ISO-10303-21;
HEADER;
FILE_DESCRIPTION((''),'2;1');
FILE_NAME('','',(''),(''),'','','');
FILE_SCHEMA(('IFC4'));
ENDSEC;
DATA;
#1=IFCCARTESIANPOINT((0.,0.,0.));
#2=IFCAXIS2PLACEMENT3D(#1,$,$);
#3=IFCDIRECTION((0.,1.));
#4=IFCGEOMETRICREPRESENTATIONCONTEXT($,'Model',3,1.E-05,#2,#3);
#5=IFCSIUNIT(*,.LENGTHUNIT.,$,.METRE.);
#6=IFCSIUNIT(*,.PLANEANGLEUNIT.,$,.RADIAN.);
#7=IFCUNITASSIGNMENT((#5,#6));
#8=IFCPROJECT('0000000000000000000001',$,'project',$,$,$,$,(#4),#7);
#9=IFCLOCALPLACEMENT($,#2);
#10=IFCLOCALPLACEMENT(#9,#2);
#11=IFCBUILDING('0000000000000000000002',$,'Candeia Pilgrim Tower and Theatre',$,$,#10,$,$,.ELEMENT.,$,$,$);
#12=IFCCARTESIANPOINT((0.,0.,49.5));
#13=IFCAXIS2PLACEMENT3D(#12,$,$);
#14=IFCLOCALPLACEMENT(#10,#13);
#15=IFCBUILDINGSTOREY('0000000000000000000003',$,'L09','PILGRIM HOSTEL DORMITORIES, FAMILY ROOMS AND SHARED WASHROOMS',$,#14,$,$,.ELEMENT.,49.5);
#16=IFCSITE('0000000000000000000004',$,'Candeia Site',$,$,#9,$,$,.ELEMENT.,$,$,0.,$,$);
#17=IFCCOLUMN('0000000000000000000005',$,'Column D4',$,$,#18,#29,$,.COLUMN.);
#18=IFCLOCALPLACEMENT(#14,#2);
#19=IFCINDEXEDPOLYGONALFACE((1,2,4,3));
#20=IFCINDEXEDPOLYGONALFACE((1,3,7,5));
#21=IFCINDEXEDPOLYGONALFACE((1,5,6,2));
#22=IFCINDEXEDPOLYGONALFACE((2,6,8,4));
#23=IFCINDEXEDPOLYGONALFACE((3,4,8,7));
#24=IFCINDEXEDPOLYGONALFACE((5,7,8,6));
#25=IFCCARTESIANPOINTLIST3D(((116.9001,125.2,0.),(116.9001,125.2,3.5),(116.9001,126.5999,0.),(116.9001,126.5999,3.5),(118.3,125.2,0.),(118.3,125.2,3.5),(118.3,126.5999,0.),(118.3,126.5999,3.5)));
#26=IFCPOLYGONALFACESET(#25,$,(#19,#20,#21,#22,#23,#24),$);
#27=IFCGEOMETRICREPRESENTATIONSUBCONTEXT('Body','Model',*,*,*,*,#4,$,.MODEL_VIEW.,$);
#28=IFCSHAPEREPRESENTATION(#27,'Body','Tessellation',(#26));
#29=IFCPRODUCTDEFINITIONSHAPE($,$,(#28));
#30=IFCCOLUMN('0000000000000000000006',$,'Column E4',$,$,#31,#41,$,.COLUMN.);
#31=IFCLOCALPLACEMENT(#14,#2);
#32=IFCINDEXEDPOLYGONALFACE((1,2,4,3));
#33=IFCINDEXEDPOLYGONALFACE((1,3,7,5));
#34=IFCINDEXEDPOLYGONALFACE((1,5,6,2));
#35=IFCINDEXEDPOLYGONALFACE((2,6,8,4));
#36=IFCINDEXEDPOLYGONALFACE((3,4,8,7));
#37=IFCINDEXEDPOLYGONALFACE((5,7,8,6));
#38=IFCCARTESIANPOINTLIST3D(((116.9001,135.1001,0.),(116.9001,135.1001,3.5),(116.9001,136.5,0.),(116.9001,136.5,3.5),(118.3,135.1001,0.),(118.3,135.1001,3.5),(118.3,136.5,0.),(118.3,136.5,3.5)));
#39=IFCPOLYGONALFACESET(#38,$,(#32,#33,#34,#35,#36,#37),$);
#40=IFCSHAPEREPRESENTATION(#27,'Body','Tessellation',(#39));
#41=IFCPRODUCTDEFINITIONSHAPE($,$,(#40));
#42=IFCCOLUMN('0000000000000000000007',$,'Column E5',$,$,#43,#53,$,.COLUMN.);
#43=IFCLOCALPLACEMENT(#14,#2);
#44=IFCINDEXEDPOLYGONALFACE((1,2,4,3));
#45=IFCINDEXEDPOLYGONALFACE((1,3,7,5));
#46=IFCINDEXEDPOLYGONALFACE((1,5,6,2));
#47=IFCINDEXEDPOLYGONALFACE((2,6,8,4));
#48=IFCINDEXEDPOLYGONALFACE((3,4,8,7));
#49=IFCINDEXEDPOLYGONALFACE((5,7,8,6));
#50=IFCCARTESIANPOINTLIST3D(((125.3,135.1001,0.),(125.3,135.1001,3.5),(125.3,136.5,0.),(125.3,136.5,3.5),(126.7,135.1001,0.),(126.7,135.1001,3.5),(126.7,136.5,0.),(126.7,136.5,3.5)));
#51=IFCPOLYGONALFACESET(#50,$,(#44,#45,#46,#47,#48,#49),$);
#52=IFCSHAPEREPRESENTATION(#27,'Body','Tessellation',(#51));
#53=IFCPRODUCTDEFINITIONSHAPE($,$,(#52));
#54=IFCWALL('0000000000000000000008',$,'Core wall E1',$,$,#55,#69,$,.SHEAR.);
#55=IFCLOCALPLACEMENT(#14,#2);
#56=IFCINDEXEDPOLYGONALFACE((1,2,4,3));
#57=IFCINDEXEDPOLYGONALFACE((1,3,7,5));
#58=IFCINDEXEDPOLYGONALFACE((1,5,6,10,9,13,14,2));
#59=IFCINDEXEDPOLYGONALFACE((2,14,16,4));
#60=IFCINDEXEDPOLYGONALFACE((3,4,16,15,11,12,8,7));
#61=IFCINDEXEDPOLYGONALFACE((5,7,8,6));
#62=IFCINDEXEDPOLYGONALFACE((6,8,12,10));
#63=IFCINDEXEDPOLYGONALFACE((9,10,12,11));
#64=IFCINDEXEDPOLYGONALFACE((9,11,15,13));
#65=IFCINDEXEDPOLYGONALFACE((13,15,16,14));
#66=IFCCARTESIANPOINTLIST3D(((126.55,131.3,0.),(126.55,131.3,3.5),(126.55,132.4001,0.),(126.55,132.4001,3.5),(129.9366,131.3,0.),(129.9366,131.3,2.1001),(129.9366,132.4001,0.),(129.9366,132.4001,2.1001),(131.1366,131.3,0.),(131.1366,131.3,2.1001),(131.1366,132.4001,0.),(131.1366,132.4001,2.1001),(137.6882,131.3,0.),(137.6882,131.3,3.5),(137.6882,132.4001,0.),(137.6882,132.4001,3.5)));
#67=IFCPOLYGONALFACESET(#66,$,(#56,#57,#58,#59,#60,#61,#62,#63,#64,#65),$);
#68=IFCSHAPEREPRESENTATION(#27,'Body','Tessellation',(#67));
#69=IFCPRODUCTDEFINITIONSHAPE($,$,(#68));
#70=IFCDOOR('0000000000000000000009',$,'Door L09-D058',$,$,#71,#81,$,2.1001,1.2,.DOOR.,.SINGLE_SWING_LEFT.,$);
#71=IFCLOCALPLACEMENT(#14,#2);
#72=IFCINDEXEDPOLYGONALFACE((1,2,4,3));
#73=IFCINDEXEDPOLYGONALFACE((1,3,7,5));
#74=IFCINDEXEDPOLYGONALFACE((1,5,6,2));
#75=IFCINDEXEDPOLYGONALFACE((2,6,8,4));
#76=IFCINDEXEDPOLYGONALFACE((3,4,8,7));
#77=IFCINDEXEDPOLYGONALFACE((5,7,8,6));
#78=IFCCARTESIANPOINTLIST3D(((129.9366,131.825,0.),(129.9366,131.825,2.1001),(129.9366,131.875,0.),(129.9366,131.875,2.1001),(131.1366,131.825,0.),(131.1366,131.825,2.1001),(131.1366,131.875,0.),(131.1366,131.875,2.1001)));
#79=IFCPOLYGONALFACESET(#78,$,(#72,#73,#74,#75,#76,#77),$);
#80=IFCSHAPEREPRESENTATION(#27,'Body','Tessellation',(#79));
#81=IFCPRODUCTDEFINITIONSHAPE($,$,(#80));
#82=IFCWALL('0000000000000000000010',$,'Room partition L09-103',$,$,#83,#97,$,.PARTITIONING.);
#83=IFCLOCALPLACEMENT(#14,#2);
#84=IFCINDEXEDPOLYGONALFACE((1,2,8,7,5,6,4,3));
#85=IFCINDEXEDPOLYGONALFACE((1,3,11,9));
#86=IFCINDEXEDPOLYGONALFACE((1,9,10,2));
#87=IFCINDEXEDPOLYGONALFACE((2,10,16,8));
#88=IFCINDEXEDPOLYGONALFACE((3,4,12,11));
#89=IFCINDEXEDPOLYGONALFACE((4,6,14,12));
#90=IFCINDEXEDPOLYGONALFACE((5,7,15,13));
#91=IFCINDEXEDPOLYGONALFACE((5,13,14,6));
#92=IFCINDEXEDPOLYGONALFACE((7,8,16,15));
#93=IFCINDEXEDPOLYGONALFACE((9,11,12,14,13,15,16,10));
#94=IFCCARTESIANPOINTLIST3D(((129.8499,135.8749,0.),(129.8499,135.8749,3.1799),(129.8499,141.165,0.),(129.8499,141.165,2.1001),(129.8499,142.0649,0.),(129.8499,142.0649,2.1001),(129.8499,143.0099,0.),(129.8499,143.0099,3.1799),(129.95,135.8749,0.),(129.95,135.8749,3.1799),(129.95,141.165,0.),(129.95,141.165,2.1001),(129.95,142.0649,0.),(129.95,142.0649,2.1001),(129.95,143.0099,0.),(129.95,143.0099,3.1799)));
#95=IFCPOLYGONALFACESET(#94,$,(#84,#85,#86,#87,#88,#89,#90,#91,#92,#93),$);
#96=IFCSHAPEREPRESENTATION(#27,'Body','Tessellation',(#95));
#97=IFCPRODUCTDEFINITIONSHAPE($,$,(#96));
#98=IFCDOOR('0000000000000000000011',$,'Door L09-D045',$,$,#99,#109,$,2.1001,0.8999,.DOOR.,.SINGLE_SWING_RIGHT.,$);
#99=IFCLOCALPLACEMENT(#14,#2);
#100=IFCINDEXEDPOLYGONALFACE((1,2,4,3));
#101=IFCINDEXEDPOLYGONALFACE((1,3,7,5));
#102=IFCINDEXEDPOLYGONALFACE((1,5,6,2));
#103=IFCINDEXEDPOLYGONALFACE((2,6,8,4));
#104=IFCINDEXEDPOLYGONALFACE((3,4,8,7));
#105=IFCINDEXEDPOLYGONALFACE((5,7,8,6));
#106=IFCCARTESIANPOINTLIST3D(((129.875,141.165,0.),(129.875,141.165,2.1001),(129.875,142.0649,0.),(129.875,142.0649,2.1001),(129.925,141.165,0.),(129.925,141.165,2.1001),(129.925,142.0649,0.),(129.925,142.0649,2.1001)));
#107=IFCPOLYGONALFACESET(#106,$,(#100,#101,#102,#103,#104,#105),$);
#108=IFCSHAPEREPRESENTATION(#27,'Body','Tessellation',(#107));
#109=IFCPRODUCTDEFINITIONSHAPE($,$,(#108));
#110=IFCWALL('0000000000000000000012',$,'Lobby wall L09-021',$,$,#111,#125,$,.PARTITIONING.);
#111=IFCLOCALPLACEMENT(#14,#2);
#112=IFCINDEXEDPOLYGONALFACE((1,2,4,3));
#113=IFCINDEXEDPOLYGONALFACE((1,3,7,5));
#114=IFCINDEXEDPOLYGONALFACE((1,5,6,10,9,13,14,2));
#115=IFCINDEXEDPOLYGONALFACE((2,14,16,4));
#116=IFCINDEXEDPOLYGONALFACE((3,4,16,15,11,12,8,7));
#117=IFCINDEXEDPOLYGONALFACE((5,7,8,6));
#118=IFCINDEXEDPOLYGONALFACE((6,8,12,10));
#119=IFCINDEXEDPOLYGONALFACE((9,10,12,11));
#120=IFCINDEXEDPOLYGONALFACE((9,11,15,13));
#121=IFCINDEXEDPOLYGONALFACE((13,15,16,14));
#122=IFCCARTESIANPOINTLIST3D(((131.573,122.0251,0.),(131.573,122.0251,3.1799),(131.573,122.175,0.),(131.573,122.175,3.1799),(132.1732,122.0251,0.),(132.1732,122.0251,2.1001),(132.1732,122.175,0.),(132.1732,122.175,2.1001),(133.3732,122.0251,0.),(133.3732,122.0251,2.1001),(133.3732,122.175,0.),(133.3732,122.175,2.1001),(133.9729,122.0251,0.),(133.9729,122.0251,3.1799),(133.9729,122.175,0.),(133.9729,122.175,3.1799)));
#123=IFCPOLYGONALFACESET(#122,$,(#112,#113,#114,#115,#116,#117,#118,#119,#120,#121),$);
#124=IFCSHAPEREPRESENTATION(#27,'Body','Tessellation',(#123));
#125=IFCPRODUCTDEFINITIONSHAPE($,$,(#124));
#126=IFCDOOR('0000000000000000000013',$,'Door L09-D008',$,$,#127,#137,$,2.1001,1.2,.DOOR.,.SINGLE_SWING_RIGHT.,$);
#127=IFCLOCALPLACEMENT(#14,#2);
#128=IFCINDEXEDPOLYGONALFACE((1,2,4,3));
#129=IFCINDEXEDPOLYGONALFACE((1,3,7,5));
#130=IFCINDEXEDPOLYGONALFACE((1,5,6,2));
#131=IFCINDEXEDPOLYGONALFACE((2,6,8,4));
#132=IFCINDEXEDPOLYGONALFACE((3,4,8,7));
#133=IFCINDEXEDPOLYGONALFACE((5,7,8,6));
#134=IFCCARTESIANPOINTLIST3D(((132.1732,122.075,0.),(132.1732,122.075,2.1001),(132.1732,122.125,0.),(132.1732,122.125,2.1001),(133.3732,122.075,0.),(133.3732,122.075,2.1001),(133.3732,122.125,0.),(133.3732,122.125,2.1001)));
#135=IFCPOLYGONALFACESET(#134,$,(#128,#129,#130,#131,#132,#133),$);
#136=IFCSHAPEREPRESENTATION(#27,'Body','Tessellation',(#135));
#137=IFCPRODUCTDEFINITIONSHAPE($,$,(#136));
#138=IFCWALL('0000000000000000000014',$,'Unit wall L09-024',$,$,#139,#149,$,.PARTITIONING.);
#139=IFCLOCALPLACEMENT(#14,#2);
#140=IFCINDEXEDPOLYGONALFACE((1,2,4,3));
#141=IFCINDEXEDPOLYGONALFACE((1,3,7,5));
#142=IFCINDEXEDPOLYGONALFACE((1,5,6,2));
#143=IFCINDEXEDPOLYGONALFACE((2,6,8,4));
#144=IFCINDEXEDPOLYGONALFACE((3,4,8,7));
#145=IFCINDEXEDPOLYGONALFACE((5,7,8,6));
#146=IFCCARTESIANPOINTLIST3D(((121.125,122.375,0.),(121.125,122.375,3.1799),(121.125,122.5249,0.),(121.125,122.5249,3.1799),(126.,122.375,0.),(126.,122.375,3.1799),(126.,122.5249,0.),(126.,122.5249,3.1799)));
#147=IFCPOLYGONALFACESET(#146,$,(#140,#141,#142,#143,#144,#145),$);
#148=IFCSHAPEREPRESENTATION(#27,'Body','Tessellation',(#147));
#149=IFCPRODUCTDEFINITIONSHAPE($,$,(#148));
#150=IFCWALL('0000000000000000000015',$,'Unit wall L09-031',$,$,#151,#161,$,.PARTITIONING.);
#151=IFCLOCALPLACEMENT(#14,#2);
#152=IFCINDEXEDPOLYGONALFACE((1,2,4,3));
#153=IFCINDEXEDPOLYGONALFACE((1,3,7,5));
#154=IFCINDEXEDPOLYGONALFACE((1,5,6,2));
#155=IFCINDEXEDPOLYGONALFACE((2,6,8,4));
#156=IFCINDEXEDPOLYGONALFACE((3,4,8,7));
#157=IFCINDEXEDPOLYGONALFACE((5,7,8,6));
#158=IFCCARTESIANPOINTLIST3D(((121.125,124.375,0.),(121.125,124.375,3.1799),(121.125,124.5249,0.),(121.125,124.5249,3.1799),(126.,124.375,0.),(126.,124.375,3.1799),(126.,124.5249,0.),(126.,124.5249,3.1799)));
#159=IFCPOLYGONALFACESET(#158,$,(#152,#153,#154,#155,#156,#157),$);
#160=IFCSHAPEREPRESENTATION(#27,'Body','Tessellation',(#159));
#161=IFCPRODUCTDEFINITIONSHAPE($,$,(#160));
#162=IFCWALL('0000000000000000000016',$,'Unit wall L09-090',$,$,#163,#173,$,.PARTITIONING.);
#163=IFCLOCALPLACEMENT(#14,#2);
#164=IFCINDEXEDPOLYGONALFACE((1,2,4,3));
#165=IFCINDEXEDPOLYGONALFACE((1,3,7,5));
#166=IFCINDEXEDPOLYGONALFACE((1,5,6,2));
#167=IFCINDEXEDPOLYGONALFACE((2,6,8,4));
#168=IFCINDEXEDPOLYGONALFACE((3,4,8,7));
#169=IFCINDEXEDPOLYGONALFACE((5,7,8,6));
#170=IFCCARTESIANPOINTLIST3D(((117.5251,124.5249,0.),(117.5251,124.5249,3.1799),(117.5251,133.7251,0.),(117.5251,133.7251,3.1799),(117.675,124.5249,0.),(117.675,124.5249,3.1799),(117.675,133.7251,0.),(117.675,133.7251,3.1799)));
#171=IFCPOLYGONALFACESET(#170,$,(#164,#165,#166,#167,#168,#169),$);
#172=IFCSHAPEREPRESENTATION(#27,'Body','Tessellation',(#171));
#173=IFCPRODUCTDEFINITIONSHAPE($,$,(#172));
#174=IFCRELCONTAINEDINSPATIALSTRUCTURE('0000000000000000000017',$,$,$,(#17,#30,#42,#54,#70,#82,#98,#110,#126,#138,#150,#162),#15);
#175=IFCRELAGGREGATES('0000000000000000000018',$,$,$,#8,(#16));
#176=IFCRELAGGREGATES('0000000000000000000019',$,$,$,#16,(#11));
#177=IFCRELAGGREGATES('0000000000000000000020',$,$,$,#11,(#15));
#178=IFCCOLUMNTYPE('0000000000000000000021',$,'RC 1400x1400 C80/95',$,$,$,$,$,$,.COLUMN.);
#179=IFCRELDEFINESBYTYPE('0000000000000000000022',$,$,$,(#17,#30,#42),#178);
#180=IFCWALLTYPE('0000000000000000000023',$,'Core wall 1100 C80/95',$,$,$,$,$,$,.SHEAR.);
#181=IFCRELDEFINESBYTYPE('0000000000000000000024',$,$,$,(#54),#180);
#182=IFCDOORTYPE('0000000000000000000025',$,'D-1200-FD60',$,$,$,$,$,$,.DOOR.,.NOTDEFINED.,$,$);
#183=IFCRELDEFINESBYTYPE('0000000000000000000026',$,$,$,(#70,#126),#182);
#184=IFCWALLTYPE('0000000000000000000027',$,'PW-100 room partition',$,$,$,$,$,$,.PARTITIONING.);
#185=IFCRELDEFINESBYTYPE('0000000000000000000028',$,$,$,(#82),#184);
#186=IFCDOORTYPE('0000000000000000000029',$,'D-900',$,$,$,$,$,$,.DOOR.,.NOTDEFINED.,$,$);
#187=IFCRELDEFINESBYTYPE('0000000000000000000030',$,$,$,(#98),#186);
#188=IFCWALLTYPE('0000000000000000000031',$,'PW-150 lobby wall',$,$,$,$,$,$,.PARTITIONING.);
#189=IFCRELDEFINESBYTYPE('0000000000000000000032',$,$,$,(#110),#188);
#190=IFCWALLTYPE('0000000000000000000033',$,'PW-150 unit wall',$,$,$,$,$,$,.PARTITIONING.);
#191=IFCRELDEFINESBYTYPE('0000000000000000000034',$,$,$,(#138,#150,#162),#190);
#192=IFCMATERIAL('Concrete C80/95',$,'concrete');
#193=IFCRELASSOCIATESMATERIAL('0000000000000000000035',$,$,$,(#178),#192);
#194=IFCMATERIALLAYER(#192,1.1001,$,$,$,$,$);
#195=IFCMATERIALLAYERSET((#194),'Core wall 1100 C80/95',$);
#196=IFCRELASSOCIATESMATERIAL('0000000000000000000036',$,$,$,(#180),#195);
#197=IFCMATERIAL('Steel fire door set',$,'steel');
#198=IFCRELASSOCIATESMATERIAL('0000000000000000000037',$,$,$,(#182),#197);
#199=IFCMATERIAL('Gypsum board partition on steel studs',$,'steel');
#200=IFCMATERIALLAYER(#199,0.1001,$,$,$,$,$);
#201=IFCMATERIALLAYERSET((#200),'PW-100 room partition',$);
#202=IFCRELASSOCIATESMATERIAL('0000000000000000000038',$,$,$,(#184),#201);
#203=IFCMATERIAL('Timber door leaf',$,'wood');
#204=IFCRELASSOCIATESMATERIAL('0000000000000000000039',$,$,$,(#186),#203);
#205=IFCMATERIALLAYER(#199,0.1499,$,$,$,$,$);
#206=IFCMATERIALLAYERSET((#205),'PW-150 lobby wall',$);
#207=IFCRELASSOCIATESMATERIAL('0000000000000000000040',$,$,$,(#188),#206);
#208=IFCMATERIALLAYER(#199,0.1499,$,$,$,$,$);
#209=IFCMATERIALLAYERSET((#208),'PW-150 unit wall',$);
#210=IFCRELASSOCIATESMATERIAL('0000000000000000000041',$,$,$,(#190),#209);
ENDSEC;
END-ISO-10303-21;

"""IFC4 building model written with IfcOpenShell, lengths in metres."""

from ifc_helpers import new_model, si_unit, direction, frame, frame_2d, origin, origin_2d, place, context, subcontext, project, spatial, rectangle, extrude, material, layer, layer_set, material_profile, profile_set, type_object, element, fill, save


model = new_model("IFC4")

# Units and contexts
model_context = context("Model", 3, precision=1e-05, world=origin(), true_north=direction((0.0, 1.0)))
body_context = subcontext(model_context, "Body", "Model", "MODEL_VIEW")
ifc_project = project(units=[si_unit("LENGTHUNIT", "METRE"), si_unit("PLANEANGLEUNIT", "RADIAN")], contexts=[model_context])

# Site, building, storey
site_placement = place(None, origin())
site = spatial("IfcSite", under=ifc_project, at=site_placement, Name="Candeia Site", CompositionType="ELEMENT", RefElevation=0.0)
building_placement = place(site_placement, origin())
building = spatial("IfcBuilding", under=site, at=building_placement, Name="Candeia Pilgrim Tower and Theatre", CompositionType="ELEMENT")
storey_placement = place(building_placement, frame((0.0, 0.0, 49.5)))
storey = spatial("IfcBuildingStorey", under=building, at=storey_placement, Name="L09", Description="PILGRIM HOSTEL DORMITORIES, FAMILY ROOMS AND SHARED WASHROOMS", CompositionType="ELEMENT", Elevation=49.5)

# Columns
ifc_material_1 = material(Name="Concrete C80/95", Category="concrete")
ifc_material_profile = material_profile(ifc_material_1, rectangle(XDim=1.3999, YDim=1.3999, at=origin_2d()))
ifc_profile_set = profile_set([ifc_material_profile], Name="Concrete C80/95")
column_type = type_object("IfcColumnType", Name="RC 1400x1400 C80/95", PredefinedType="COLUMN", material=ifc_profile_set)
for number, where, z_axis, x_axis, name in (
    (1, (117.6001, 125.8999, 0.0), (0.0, 0.0, 1.0), (1.0, 0.0, 0.0), "Column D4"),
    (2, (117.6001, 135.8, 0.0), (0.0, 0.0, 1.0), (1.0, 0.0, 0.0), "Column E4"),
    (3, (126.0, 135.8, 0.0), (0.0, 0.0, 1.0), (1.0, 0.0, 0.0), "Column E5"),
):
    element("IfcColumn", number, at=place(storey_placement, frame(where, z_axis=z_axis, x_axis=x_axis)), inside=storey, type_object=column_type, Name=name, PredefinedType="COLUMN", context=body_context, shape_type="SweptSolid", body=[
        extrude(rectangle(XDim=1.3999, YDim=1.3999, at=origin_2d()), origin(), (0.0, 0.0, 1.0), 3.5),
    ])

# Walls, openings, doors
ifc_layer_1 = layer(ifc_material_1, 1.1001)
ifc_layer_set_1 = layer_set([ifc_layer_1], Name="Core wall 1100 C80/95")
wall_type_1 = type_object("IfcWallType", Name="Core wall 1100 C80/95", PredefinedType="SHEAR", material=ifc_layer_set_1)
wall_1_placement = place(storey_placement, frame((126.55, 131.8501, 0.0), z_axis=(0.0, 0.0, 1.0), x_axis=(1.0, 0.0, 0.0)))
wall_1 = element("IfcWall", 4, at=wall_1_placement, inside=storey, type_object=wall_type_1, Name="Core wall E1", PredefinedType="SHEAR", context=body_context, shape_type="SweptSolid", body=[
    extrude(rectangle(XDim=11.1382, YDim=1.1001, at=frame_2d((5.5691, 0.0))), origin(), (0.0, 0.0, 1.0), 3.5),
])
opening_1_placement = place(wall_1_placement, frame((3.3865, 0.0, 0.0)))
opening_1 = element("IfcOpeningElement", 5, at=opening_1_placement, cuts=wall_1, PredefinedType="OPENING", context=body_context, shape_type="SweptSolid", body=[
    extrude(rectangle(XDim=1.2, YDim=2.1001, at=frame_2d((0.6001, 1.05))), frame((0.0, 0.5601, 0.0), z_axis=(0.0, -1.0, 0.0), x_axis=(1.0, 0.0, 0.0)), (0.0, 0.0, 1.0), 1.1201),
])
ifc_material_2 = material(Name="Steel fire door set", Category="steel")
door_type_1 = type_object("IfcDoorType", Name="D-1200-FD60", OperationType="NOTDEFINED", PredefinedType="DOOR", material=ifc_material_2)
door_1_placement = place(opening_1_placement, origin())
door_1 = element("IfcDoor", 6, at=door_1_placement, inside=storey, type_object=door_type_1, Name="Door L09-D058", OperationType="SINGLE_SWING_LEFT", OverallHeight=2.1001, OverallWidth=1.2, PredefinedType="DOOR", context=body_context, shape_type="SweptSolid", body=[
    extrude(rectangle(XDim=1.2, YDim=2.1001, at=frame_2d((0.6001, 1.05))), frame((0.0, 0.0249, 0.0), z_axis=(0.0, -1.0, 0.0), x_axis=(1.0, 0.0, 0.0)), (0.0, 0.0, 1.0), 0.05),
])
fill(opening_1, door_1)
ifc_material_3 = material(Name="Gypsum board partition on steel studs", Category="steel")
ifc_layer_2 = layer(ifc_material_3, 0.1001)
ifc_layer_set_2 = layer_set([ifc_layer_2], Name="PW-100 room partition")
wall_type_2 = type_object("IfcWallType", Name="PW-100 room partition", PredefinedType="PARTITIONING", material=ifc_layer_set_2)
wall_2_placement = place(storey_placement, frame((129.8999, 135.875, 0.0), z_axis=(0.0, 0.0, 1.0), x_axis=(0.0, 1.0, 0.0)))
wall_2 = element("IfcWall", 7, at=wall_2_placement, inside=storey, type_object=wall_type_2, Name="Room partition L09-103", PredefinedType="PARTITIONING", context=body_context, shape_type="SweptSolid", body=[
    extrude(rectangle(XDim=7.135, YDim=0.1001, at=frame_2d((3.5674, 0.0))), origin(), (0.0, 0.0, 1.0), 3.1799),
])
opening_2_placement = place(wall_2_placement, frame((5.29, 0.0, 0.0)))
opening_2 = element("IfcOpeningElement", 8, at=opening_2_placement, cuts=wall_2, PredefinedType="OPENING", context=body_context, shape_type="SweptSolid", body=[
    extrude(rectangle(XDim=0.8999, YDim=2.1001, at=frame_2d((0.45, 1.05))), frame((0.0, 0.0601, 0.0), z_axis=(0.0, -1.0, 0.0), x_axis=(1.0, 0.0, 0.0)), (0.0, 0.0, 1.0), 0.1201),
])
ifc_material_4 = material(Name="Timber door leaf", Category="wood")
door_type_2 = type_object("IfcDoorType", Name="D-900", OperationType="NOTDEFINED", PredefinedType="DOOR", material=ifc_material_4)
door_2_placement = place(opening_2_placement, origin())
door_2 = element("IfcDoor", 9, at=door_2_placement, inside=storey, type_object=door_type_2, Name="Door L09-D045", OperationType="SINGLE_SWING_RIGHT", OverallHeight=2.1001, OverallWidth=0.8999, PredefinedType="DOOR", context=body_context, shape_type="SweptSolid", body=[
    extrude(rectangle(XDim=0.8999, YDim=2.1001, at=frame_2d((0.45, 1.05))), frame((0.0, 0.0249, 0.0), z_axis=(0.0, -1.0, 0.0), x_axis=(1.0, 0.0, 0.0)), (0.0, 0.0, 1.0), 0.05),
])
fill(opening_2, door_2)
ifc_layer_3 = layer(ifc_material_3, 0.1499)
ifc_layer_set_3 = layer_set([ifc_layer_3], Name="PW-150 lobby wall")
wall_type_3 = type_object("IfcWallType", Name="PW-150 lobby wall", PredefinedType="PARTITIONING", material=ifc_layer_set_3)
wall_3_placement = place(storey_placement, frame((131.573, 122.1001, 0.0), z_axis=(0.0, 0.0, 1.0), x_axis=(1.0, 0.0, 0.0)))
wall_3 = element("IfcWall", 10, at=wall_3_placement, inside=storey, type_object=wall_type_3, Name="Lobby wall L09-021", PredefinedType="PARTITIONING", context=body_context, shape_type="SweptSolid", body=[
    extrude(rectangle(XDim=2.3999, YDim=0.1499, at=frame_2d((1.2, 0.0))), origin(), (0.0, 0.0, 1.0), 3.1799),
])
opening_3_placement = place(wall_3_placement, frame((0.6001, 0.0, 0.0)))
opening_3 = element("IfcOpeningElement", 11, at=opening_3_placement, cuts=wall_3, PredefinedType="OPENING", context=body_context, shape_type="SweptSolid", body=[
    extrude(rectangle(XDim=1.2, YDim=2.1001, at=frame_2d((0.6001, 1.05))), frame((0.0, 0.085, 0.0), z_axis=(0.0, -1.0, 0.0), x_axis=(1.0, 0.0, 0.0)), (0.0, 0.0, 1.0), 0.1699),
])
door_3_placement = place(opening_3_placement, origin())
door_3 = element("IfcDoor", 12, at=door_3_placement, inside=storey, type_object=door_type_1, Name="Door L09-D008", OperationType="SINGLE_SWING_RIGHT", OverallHeight=2.1001, OverallWidth=1.2, PredefinedType="DOOR", context=body_context, shape_type="SweptSolid", body=[
    extrude(rectangle(XDim=1.2, YDim=2.1001, at=frame_2d((0.6001, 1.05))), frame((0.0, 0.0249, 0.0), z_axis=(0.0, -1.0, 0.0), x_axis=(1.0, 0.0, 0.0)), (0.0, 0.0, 1.0), 0.05),
])
fill(opening_3, door_3)

# Walls
ifc_layer_4 = layer(ifc_material_3, 0.1499)
ifc_layer_set_4 = layer_set([ifc_layer_4], Name="PW-150 unit wall")
wall_type_4 = type_object("IfcWallType", Name="PW-150 unit wall", PredefinedType="PARTITIONING", material=ifc_layer_set_4)
for number, where, z_axis, x_axis, name in (
    (13, (121.125, 122.45, 0.0), (0.0, 0.0, 1.0), (1.0, 0.0, 0.0), "Unit wall L09-024"),
    (14, (121.125, 124.45, 0.0), (0.0, 0.0, 1.0), (1.0, 0.0, 0.0), "Unit wall L09-031"),
):
    element("IfcWall", number, at=place(storey_placement, frame(where, z_axis=z_axis, x_axis=x_axis)), inside=storey, type_object=wall_type_4, Name=name, PredefinedType="PARTITIONING", context=body_context, shape_type="SweptSolid", body=[
        extrude(rectangle(XDim=4.875, YDim=0.1499, at=frame_2d((2.4375, 0.0))), origin(), (0.0, 0.0, 1.0), 3.1799),
    ])
wall_4_placement = place(storey_placement, frame((117.6001, 124.5249, 0.0), z_axis=(0.0, 0.0, 1.0), x_axis=(0.0, 1.0, 0.0)))
element("IfcWall", 15, at=wall_4_placement, inside=storey, type_object=wall_type_4, Name="Unit wall L09-090", PredefinedType="PARTITIONING", context=body_context, shape_type="SweptSolid", body=[
    extrude(rectangle(XDim=9.2002, YDim=0.1499, at=frame_2d((4.6001, 0.0))), origin(), (0.0, 0.0, 1.0), 3.1799),
])

save(model, "model.ifc")
